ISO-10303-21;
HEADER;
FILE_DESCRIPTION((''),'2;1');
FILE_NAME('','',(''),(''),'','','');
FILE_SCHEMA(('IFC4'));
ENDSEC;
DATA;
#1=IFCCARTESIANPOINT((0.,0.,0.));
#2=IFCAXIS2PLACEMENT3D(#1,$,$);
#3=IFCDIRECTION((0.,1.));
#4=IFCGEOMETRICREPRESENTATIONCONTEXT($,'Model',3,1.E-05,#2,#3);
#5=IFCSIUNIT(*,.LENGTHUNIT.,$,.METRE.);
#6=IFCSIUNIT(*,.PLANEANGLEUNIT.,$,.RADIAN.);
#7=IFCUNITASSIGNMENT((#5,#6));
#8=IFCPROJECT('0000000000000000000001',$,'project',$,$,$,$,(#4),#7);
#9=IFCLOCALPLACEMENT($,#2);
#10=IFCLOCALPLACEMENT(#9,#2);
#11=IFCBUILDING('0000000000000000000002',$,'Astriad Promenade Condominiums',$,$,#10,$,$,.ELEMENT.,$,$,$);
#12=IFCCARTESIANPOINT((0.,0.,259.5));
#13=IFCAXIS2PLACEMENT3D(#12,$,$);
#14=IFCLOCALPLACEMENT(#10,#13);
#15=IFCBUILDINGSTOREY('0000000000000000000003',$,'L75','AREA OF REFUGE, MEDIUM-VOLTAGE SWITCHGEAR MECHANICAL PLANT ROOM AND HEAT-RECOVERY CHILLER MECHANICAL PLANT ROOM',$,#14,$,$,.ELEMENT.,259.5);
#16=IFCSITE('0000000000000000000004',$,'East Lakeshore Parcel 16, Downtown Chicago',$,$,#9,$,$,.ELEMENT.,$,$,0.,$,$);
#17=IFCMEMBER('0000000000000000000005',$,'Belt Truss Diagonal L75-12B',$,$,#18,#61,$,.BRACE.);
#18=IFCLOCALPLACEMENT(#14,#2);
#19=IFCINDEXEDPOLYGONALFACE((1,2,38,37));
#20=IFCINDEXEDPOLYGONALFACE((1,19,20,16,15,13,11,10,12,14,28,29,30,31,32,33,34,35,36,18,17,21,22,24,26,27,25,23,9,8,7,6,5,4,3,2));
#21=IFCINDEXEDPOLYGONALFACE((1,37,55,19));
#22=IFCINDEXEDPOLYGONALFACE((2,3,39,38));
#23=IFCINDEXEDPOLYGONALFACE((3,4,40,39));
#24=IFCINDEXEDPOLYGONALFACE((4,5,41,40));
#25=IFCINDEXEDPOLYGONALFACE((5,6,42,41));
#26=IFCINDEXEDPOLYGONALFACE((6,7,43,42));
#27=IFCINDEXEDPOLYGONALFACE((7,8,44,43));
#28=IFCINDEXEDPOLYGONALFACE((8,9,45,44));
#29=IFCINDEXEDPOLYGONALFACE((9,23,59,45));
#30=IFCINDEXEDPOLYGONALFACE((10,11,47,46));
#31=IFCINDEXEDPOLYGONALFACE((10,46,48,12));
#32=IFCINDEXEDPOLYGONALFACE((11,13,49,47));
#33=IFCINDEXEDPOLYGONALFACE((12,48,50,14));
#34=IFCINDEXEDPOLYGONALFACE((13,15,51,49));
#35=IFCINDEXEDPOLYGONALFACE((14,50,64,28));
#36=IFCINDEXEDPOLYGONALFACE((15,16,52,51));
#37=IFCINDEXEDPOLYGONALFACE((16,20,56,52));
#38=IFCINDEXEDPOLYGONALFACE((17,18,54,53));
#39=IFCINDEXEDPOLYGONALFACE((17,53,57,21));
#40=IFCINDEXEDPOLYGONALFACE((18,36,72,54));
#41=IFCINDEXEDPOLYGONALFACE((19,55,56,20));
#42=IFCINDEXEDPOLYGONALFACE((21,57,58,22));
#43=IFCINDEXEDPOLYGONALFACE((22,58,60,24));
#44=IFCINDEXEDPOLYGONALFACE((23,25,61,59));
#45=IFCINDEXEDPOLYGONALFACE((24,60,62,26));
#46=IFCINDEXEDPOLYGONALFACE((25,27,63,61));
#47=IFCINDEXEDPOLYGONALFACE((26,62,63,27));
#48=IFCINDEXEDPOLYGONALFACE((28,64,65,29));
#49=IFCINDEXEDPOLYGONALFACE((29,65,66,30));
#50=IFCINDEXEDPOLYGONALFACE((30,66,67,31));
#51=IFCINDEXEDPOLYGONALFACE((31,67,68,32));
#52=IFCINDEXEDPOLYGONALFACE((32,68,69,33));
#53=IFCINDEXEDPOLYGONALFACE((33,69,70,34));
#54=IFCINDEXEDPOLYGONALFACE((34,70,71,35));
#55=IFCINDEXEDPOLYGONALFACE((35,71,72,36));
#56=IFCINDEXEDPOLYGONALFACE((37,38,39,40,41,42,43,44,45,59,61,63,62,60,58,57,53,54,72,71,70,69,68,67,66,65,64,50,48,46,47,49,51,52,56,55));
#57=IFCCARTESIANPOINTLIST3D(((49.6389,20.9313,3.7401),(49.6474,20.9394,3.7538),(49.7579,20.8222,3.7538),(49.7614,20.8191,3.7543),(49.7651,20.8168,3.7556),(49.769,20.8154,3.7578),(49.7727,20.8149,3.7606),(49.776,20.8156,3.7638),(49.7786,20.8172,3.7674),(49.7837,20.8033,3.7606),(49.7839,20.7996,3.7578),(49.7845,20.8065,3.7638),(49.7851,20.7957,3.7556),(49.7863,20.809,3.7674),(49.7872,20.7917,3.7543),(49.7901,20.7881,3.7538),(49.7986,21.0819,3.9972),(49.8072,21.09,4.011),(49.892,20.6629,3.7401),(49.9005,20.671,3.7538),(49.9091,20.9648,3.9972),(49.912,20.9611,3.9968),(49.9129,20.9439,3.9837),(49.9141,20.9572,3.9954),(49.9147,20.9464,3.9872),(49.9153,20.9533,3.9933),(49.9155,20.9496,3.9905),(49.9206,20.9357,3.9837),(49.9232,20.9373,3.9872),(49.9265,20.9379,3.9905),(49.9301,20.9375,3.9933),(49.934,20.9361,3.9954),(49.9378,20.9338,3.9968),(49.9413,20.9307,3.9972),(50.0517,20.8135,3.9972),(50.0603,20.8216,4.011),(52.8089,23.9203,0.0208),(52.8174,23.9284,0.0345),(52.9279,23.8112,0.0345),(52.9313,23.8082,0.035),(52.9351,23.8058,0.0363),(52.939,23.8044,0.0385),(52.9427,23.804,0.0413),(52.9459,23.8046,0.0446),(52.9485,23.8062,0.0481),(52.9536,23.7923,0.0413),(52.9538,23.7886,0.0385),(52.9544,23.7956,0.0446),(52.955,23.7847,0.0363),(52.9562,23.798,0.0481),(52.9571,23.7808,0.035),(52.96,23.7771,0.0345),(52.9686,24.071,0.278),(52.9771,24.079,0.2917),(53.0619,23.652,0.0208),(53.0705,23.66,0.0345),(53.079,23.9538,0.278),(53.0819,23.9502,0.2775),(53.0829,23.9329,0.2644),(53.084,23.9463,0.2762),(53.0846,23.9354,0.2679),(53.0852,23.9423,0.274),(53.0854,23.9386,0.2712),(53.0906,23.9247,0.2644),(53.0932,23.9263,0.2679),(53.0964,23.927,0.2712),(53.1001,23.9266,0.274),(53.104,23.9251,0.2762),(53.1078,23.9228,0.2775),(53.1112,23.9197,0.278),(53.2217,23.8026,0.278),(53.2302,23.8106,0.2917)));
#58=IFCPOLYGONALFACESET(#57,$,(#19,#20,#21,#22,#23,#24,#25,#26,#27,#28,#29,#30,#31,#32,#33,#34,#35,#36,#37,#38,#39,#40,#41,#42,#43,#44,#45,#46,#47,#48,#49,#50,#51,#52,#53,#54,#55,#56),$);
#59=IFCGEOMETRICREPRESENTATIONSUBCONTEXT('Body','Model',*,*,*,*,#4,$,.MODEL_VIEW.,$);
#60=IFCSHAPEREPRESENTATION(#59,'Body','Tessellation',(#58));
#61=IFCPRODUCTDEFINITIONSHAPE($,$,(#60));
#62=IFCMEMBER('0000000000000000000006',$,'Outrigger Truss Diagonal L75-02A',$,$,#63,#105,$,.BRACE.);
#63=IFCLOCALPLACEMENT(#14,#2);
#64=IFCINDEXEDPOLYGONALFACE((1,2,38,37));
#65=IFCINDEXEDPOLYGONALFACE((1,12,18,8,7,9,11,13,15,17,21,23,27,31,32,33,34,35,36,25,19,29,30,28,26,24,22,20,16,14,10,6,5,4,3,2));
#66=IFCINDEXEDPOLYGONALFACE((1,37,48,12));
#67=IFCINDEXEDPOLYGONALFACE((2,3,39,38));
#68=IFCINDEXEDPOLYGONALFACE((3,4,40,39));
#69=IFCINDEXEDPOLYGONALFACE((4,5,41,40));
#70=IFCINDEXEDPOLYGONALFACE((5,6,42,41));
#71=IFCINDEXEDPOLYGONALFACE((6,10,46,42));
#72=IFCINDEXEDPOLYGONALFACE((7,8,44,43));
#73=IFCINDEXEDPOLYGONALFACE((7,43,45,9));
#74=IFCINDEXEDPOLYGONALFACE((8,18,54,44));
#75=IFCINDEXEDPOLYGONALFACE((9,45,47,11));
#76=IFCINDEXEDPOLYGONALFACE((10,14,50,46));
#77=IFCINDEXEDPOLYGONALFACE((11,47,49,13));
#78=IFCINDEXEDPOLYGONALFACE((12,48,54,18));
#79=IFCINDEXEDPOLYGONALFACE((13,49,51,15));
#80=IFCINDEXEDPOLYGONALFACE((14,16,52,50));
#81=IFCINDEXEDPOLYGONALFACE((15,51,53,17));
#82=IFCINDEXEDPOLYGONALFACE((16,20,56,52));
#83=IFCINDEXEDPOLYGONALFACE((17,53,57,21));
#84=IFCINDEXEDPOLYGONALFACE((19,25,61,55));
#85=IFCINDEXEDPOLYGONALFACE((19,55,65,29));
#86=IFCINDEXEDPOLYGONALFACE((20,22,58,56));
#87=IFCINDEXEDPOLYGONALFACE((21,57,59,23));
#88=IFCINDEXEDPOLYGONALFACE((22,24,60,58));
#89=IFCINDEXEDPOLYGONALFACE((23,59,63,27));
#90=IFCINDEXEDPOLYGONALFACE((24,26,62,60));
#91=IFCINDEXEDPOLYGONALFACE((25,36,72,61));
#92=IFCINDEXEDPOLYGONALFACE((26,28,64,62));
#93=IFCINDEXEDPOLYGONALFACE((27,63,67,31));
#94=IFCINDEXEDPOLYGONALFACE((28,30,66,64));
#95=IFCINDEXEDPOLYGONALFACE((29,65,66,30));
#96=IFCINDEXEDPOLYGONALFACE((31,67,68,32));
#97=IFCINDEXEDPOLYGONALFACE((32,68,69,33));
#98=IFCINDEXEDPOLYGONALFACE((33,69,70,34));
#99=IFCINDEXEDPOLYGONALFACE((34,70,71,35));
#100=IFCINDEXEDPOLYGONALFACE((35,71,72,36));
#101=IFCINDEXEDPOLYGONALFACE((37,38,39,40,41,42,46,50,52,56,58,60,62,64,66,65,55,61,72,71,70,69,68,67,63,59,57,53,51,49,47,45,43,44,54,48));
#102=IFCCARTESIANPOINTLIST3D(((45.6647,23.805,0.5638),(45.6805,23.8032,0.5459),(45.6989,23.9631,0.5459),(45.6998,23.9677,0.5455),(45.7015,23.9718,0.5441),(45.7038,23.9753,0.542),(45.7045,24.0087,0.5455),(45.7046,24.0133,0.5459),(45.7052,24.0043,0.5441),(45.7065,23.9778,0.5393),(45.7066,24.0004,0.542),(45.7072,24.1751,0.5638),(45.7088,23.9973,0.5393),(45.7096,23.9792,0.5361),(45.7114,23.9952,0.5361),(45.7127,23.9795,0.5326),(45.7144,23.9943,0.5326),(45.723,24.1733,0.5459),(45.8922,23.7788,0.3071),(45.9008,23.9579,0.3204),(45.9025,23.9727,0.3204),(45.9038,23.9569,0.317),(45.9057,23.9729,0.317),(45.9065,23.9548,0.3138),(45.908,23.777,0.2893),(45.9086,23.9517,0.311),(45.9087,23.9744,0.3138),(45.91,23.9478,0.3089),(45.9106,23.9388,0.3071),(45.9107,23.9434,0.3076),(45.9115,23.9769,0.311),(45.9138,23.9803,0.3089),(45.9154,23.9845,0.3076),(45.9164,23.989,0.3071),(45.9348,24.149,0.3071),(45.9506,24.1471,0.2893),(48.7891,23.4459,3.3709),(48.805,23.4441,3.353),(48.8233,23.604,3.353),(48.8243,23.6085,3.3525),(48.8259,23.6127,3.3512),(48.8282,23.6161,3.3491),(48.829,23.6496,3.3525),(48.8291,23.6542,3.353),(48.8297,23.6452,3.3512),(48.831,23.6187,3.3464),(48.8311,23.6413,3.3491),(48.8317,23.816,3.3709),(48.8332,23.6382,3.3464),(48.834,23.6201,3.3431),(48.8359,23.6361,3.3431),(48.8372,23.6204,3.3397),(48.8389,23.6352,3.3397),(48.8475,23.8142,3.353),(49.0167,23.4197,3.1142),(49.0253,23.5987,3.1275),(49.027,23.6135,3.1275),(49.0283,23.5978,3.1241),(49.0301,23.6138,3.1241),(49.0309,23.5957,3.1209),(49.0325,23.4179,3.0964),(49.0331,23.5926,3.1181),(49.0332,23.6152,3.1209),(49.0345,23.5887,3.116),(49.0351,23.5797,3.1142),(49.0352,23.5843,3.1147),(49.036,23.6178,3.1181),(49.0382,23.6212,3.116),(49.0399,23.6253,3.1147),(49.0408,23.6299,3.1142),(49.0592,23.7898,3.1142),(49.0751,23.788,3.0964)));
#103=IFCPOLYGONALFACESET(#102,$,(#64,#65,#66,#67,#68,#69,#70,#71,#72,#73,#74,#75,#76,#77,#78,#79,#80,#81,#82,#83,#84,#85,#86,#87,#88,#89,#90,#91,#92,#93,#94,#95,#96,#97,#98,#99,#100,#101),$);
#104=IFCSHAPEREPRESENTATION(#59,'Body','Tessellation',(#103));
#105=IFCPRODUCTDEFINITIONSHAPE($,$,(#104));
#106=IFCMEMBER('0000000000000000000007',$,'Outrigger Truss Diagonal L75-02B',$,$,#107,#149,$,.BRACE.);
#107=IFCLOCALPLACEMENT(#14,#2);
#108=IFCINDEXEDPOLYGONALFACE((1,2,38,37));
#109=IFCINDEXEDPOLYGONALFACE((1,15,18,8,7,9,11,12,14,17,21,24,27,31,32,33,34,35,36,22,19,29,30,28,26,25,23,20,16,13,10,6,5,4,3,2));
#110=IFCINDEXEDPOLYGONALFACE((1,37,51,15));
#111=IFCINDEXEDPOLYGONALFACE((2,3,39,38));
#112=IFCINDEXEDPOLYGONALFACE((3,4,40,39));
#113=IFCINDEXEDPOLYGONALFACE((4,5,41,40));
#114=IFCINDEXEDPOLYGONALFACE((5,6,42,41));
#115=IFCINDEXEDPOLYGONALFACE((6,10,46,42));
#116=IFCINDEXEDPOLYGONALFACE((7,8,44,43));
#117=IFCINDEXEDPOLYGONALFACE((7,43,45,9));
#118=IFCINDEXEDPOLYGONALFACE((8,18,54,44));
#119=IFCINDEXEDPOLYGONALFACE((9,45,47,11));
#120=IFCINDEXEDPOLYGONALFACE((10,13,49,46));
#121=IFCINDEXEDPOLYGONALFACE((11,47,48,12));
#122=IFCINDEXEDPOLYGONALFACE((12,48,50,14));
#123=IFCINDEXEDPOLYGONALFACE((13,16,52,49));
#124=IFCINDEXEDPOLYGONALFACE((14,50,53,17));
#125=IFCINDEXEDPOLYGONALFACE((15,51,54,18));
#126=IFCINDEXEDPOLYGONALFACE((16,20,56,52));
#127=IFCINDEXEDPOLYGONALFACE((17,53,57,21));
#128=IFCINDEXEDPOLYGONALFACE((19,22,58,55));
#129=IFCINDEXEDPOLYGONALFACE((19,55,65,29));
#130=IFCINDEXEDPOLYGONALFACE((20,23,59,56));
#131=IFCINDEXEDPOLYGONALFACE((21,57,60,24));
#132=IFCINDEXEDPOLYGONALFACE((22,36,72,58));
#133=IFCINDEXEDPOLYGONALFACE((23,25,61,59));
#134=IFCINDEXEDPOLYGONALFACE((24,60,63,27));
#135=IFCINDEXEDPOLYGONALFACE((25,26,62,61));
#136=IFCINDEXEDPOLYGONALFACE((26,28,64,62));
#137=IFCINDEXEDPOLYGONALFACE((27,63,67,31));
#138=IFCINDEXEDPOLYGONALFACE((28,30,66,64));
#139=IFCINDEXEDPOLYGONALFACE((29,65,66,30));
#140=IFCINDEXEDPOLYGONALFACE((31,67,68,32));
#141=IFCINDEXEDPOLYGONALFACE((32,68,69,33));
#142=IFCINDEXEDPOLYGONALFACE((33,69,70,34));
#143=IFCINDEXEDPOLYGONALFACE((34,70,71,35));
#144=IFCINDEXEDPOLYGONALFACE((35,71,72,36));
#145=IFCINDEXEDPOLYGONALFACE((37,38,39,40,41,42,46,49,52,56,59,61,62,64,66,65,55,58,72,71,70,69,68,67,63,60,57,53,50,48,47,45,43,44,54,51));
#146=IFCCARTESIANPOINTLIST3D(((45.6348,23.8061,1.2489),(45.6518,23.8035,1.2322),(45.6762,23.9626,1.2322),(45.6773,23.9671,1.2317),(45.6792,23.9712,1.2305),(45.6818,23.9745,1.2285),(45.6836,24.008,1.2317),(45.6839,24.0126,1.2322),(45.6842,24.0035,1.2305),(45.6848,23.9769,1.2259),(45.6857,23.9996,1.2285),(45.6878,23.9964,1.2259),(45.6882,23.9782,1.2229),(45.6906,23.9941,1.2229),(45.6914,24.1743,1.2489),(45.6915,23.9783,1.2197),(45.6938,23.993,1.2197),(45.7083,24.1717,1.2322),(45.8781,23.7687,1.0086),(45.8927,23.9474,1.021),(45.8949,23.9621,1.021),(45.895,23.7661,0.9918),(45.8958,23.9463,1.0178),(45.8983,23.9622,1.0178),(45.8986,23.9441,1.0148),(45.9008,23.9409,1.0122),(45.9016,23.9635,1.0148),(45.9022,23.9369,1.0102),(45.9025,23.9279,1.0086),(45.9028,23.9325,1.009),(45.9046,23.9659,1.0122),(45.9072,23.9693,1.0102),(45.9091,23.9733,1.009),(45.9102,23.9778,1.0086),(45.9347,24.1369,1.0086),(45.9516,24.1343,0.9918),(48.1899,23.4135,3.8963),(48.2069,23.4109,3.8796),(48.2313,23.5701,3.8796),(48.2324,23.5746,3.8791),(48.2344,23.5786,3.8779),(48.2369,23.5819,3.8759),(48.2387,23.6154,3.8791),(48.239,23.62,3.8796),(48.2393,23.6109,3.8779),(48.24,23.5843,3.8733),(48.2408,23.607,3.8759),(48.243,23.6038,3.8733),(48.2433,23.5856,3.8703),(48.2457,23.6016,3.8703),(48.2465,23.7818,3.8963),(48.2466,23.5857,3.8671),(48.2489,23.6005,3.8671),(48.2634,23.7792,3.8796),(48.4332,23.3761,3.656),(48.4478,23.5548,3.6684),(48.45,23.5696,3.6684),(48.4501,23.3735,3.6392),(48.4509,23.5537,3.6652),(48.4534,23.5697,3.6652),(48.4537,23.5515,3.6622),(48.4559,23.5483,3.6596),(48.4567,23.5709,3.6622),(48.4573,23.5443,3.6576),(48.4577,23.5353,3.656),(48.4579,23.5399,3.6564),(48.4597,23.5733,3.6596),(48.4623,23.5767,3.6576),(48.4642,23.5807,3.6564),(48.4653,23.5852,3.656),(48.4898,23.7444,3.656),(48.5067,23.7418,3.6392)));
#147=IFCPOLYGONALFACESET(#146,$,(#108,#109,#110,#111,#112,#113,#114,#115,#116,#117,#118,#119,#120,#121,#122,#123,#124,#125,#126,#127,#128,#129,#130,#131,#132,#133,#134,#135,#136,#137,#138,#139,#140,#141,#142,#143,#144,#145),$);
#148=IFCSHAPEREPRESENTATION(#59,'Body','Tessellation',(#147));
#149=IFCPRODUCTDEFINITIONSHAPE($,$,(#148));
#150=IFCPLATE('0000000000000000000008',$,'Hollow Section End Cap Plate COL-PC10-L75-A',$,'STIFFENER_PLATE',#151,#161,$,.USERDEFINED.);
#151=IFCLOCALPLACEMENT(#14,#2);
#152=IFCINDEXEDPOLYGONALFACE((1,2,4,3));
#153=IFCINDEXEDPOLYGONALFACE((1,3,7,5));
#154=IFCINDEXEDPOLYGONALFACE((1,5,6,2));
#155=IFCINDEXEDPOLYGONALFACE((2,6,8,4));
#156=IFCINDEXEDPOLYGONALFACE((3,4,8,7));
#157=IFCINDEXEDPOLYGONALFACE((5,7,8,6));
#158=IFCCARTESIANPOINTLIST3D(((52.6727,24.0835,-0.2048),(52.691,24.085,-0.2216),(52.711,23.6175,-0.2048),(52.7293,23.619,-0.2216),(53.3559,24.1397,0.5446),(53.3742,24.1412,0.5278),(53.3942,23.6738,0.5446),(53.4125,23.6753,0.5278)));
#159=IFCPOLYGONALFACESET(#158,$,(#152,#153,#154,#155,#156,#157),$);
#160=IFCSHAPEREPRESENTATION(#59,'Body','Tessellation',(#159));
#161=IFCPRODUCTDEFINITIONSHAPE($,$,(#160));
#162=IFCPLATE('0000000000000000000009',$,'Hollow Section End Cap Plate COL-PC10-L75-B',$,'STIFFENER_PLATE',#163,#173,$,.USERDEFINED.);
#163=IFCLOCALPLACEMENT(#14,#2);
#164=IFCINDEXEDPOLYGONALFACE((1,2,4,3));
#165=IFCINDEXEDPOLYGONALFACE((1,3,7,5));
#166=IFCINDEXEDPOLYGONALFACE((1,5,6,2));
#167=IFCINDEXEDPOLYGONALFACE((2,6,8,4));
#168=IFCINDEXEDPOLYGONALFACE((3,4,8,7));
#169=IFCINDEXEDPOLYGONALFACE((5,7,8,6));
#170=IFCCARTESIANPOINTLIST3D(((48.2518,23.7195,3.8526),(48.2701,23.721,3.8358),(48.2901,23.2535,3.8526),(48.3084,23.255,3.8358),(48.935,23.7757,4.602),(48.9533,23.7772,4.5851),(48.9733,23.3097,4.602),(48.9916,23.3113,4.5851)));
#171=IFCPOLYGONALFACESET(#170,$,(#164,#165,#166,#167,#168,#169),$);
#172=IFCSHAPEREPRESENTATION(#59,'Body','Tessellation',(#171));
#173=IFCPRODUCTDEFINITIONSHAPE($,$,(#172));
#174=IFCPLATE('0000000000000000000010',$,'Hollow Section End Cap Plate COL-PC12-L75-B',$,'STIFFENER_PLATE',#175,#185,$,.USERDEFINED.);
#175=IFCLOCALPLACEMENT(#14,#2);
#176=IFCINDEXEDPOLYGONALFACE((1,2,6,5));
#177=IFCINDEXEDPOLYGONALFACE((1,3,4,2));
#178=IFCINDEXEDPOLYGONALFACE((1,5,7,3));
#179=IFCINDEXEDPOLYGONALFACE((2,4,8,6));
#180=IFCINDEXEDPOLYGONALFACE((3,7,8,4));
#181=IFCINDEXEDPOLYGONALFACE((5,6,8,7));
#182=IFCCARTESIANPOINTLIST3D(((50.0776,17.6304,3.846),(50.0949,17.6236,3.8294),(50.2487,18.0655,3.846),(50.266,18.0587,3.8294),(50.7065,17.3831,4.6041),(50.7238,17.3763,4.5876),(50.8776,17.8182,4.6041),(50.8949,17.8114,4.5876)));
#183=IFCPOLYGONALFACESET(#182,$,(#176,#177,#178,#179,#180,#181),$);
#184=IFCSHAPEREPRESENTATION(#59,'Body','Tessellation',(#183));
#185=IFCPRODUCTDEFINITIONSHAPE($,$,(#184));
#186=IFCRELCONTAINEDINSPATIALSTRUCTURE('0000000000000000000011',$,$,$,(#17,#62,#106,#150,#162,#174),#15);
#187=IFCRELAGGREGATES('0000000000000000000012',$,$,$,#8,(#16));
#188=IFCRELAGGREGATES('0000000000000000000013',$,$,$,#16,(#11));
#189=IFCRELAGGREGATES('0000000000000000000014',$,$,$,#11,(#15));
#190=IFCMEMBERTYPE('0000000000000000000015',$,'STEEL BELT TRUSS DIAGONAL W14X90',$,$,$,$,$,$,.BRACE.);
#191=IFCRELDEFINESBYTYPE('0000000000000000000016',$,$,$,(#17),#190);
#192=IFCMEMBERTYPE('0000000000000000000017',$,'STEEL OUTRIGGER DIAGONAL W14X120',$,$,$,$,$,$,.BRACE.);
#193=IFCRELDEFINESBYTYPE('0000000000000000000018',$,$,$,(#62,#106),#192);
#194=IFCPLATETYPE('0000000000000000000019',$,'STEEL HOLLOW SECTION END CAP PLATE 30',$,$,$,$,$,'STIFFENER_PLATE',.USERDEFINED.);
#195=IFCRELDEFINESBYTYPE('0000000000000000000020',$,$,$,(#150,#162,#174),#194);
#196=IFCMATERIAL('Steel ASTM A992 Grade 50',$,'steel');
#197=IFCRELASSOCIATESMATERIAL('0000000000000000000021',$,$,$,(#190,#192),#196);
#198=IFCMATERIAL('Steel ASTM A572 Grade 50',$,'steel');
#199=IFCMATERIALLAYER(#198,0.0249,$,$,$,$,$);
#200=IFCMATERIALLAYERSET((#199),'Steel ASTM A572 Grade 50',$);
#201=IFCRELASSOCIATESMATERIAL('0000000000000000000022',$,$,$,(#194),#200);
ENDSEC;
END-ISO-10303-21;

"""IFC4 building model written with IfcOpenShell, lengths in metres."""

from ifc_helpers import new_model, si_unit, direction, frame, origin, origin_2d, place, context, subcontext, project, spatial, rectangle, i_section, extrude, source, transform, mapped, material, layer, layer_set, material_profile, profile_set, type_object, type_shapes, element, save


model = new_model("IFC4")

# Units and contexts
model_context = context("Model", 3, precision=1e-05, world=origin(), true_north=direction((0.0, 1.0)))
body_context = subcontext(model_context, "Body", "Model", "MODEL_VIEW")
ifc_project = project(units=[si_unit("LENGTHUNIT", "METRE"), si_unit("PLANEANGLEUNIT", "RADIAN")], contexts=[model_context])

# Site, building, storey
site_placement = place(None, origin())
site = spatial("IfcSite", under=ifc_project, at=site_placement, Name="East Lakeshore Parcel 16, Downtown Chicago", CompositionType="ELEMENT", RefElevation=0.0)
building_placement = place(site_placement, origin())
building = spatial("IfcBuilding", under=site, at=building_placement, Name="Astriad Promenade Condominiums", CompositionType="ELEMENT")
storey_placement = place(building_placement, frame((0.0, 0.0, 259.5)))
storey = spatial("IfcBuildingStorey", under=building, at=storey_placement, Name="L75", Description="AREA OF REFUGE, MEDIUM-VOLTAGE SWITCHGEAR MECHANICAL PLANT ROOM AND HEAT-RECOVERY CHILLER MECHANICAL PLANT ROOM", CompositionType="ELEMENT", Elevation=259.5)

# Shared definitions
ifc_material_1 = material(Name="Steel ASTM A992 Grade 50", Category="steel")

# Members
ifc_material_profile_1 = material_profile(ifc_material_1, i_section(OverallWidth=0.3689, OverallDepth=0.3562, WebThickness=0.0112, FlangeThickness=0.0181, FilletRadius=0.0178, at=origin_2d()), Name="W14X90")
ifc_profile_set_1 = profile_set([ifc_material_profile_1], Name="Steel ASTM A992 Grade 50")
member_type_1 = type_object("IfcMemberType", Name="STEEL BELT TRUSS DIAGONAL W14X90", PredefinedType="BRACE", material=ifc_profile_set_1)
shared_shape_1 = source(origin(), body_context, "Body", "SweptSolid", [
    extrude(i_section(OverallWidth=0.3689, OverallDepth=0.3562, WebThickness=0.0112, FlangeThickness=0.0181, FilletRadius=0.0178, at=origin_2d()), origin(), (0.0, 0.0, 1.0), 5.7285),
])
member_1_placement = place(storey_placement, frame((53.0195, 23.8655, 0.1562), z_axis=(-0.553363, -0.521782, 0.649255), x_axis=(0.686041, -0.727563, 0.0)))
element("IfcMember", 1, at=member_1_placement, inside=storey, type_object=member_type_1, Name="Belt Truss Diagonal L75-12B", PredefinedType="BRACE", context=body_context, shape_type="MappedRepresentation", body=[
    mapped(shared_shape_1, transform((0.0, 0.0, 0.0), scale=1.0)),
])
ifc_material_profile_2 = material_profile(ifc_material_1, i_section(OverallWidth=0.3726, OverallDepth=0.3679, WebThickness=0.0149, FlangeThickness=0.0239, FilletRadius=0.0178, at=origin_2d()), Name="W14X120")
ifc_profile_set_2 = profile_set([ifc_material_profile_2], Name="Steel ASTM A992 Grade 50")
member_type_2 = type_object("IfcMemberType", Name="STEEL OUTRIGGER DIAGONAL W14X120", PredefinedType="BRACE", material=ifc_profile_set_2)
shared_shape_2 = source(origin(), body_context, "Body", "SweptSolid", [
    extrude(i_section(OverallWidth=0.3726, OverallDepth=0.3679, WebThickness=0.0149, FlangeThickness=0.0239, FilletRadius=0.0178, at=origin_2d()), origin(), (0.0, 0.0, 1.0), 4.2156),
])
member_2_placement = place(storey_placement, frame((45.8076, 23.9761, 0.4265), z_axis=(0.741173, -0.08519, 0.665886), x_axis=(0.114188, 0.993459, 0.0)))
element("IfcMember", 2, at=member_2_placement, inside=storey, type_object=member_type_2, Name="Outrigger Truss Diagonal L75-02A", PredefinedType="BRACE", context=body_context, shape_type="MappedRepresentation", body=[
    mapped(shared_shape_2, transform((0.0, 0.0, 0.0), scale=1.0)),
])
shared_shape_3 = source(origin(), body_context, "Body", "SweptSolid", [
    extrude(i_section(OverallWidth=0.3726, OverallDepth=0.3679, WebThickness=0.0149, FlangeThickness=0.0239, FilletRadius=0.0178, at=origin_2d()), origin(), (0.0, 0.0, 1.0), 3.7002),
])
type_shapes(member_type_2, [shared_shape_2, shared_shape_3])
member_3_placement = place(storey_placement, frame((45.7932, 23.9702, 1.1204), z_axis=(0.690535, -0.106094, 0.715475), x_axis=(0.151858, 0.988402, 0.0)))
element("IfcMember", 3, at=member_3_placement, inside=storey, type_object=member_type_2, Name="Outrigger Truss Diagonal L75-02B", PredefinedType="BRACE", context=body_context, shape_type="MappedRepresentation", body=[
    mapped(shared_shape_3, transform((0.0, 0.0, 0.0), scale=1.0)),
])

# Plates
ifc_material_2 = material(Name="Steel ASTM A572 Grade 50", Category="steel")
ifc_layer_1 = layer(ifc_material_2, 0.0249)
ifc_layer_set_1 = layer_set([ifc_layer_1], Name="Steel ASTM A572 Grade 50")
plate_type_1 = type_object("IfcPlateType", Name="STEEL HOLLOW SECTION END CAP PLATE 30", ElementType="STIFFENER_PLATE", PredefinedType="USERDEFINED", material=ifc_layer_set_1)
shared_shape_4 = source(origin(), body_context, "Body", "SweptSolid", [
    extrude(rectangle(XDim=0.4675, YDim=1.0156, at=origin_2d()), origin(), (0.0, 0.0, 1.0), 0.0249),
])
for number, where, z_axis, x_axis, name in (
    (4, (53.0518, 23.8801, 0.1531), (-0.735381, -0.060536, 0.674945), (0.082041, -0.996629, 0.0), "Hollow Section End Cap Plate COL-PC10-L75-A"),
    (5, (48.6309, 23.5161, 4.2104), (-0.735381, -0.060536, 0.674945), (0.082041, -0.996629, 0.0), "Hollow Section End Cap Plate COL-PC10-L75-B"),
    (6, (50.4949, 17.7175, 4.2085), (-0.694691, 0.273172, 0.665418), (-0.365952, -0.930634, 0.0), "Hollow Section End Cap Plate COL-PC12-L75-B"),
):
    element("IfcPlate", number, at=place(storey_placement, frame(where, z_axis=z_axis, x_axis=x_axis)), inside=storey, type_object=plate_type_1, Name=name, ObjectType="STIFFENER_PLATE", PredefinedType="USERDEFINED", context=body_context, shape_type="MappedRepresentation", body=[
        mapped(shared_shape_4, transform((0.0, 0.0, 0.0), scale=1.0)),
    ])

save(model, "model.ifc")
